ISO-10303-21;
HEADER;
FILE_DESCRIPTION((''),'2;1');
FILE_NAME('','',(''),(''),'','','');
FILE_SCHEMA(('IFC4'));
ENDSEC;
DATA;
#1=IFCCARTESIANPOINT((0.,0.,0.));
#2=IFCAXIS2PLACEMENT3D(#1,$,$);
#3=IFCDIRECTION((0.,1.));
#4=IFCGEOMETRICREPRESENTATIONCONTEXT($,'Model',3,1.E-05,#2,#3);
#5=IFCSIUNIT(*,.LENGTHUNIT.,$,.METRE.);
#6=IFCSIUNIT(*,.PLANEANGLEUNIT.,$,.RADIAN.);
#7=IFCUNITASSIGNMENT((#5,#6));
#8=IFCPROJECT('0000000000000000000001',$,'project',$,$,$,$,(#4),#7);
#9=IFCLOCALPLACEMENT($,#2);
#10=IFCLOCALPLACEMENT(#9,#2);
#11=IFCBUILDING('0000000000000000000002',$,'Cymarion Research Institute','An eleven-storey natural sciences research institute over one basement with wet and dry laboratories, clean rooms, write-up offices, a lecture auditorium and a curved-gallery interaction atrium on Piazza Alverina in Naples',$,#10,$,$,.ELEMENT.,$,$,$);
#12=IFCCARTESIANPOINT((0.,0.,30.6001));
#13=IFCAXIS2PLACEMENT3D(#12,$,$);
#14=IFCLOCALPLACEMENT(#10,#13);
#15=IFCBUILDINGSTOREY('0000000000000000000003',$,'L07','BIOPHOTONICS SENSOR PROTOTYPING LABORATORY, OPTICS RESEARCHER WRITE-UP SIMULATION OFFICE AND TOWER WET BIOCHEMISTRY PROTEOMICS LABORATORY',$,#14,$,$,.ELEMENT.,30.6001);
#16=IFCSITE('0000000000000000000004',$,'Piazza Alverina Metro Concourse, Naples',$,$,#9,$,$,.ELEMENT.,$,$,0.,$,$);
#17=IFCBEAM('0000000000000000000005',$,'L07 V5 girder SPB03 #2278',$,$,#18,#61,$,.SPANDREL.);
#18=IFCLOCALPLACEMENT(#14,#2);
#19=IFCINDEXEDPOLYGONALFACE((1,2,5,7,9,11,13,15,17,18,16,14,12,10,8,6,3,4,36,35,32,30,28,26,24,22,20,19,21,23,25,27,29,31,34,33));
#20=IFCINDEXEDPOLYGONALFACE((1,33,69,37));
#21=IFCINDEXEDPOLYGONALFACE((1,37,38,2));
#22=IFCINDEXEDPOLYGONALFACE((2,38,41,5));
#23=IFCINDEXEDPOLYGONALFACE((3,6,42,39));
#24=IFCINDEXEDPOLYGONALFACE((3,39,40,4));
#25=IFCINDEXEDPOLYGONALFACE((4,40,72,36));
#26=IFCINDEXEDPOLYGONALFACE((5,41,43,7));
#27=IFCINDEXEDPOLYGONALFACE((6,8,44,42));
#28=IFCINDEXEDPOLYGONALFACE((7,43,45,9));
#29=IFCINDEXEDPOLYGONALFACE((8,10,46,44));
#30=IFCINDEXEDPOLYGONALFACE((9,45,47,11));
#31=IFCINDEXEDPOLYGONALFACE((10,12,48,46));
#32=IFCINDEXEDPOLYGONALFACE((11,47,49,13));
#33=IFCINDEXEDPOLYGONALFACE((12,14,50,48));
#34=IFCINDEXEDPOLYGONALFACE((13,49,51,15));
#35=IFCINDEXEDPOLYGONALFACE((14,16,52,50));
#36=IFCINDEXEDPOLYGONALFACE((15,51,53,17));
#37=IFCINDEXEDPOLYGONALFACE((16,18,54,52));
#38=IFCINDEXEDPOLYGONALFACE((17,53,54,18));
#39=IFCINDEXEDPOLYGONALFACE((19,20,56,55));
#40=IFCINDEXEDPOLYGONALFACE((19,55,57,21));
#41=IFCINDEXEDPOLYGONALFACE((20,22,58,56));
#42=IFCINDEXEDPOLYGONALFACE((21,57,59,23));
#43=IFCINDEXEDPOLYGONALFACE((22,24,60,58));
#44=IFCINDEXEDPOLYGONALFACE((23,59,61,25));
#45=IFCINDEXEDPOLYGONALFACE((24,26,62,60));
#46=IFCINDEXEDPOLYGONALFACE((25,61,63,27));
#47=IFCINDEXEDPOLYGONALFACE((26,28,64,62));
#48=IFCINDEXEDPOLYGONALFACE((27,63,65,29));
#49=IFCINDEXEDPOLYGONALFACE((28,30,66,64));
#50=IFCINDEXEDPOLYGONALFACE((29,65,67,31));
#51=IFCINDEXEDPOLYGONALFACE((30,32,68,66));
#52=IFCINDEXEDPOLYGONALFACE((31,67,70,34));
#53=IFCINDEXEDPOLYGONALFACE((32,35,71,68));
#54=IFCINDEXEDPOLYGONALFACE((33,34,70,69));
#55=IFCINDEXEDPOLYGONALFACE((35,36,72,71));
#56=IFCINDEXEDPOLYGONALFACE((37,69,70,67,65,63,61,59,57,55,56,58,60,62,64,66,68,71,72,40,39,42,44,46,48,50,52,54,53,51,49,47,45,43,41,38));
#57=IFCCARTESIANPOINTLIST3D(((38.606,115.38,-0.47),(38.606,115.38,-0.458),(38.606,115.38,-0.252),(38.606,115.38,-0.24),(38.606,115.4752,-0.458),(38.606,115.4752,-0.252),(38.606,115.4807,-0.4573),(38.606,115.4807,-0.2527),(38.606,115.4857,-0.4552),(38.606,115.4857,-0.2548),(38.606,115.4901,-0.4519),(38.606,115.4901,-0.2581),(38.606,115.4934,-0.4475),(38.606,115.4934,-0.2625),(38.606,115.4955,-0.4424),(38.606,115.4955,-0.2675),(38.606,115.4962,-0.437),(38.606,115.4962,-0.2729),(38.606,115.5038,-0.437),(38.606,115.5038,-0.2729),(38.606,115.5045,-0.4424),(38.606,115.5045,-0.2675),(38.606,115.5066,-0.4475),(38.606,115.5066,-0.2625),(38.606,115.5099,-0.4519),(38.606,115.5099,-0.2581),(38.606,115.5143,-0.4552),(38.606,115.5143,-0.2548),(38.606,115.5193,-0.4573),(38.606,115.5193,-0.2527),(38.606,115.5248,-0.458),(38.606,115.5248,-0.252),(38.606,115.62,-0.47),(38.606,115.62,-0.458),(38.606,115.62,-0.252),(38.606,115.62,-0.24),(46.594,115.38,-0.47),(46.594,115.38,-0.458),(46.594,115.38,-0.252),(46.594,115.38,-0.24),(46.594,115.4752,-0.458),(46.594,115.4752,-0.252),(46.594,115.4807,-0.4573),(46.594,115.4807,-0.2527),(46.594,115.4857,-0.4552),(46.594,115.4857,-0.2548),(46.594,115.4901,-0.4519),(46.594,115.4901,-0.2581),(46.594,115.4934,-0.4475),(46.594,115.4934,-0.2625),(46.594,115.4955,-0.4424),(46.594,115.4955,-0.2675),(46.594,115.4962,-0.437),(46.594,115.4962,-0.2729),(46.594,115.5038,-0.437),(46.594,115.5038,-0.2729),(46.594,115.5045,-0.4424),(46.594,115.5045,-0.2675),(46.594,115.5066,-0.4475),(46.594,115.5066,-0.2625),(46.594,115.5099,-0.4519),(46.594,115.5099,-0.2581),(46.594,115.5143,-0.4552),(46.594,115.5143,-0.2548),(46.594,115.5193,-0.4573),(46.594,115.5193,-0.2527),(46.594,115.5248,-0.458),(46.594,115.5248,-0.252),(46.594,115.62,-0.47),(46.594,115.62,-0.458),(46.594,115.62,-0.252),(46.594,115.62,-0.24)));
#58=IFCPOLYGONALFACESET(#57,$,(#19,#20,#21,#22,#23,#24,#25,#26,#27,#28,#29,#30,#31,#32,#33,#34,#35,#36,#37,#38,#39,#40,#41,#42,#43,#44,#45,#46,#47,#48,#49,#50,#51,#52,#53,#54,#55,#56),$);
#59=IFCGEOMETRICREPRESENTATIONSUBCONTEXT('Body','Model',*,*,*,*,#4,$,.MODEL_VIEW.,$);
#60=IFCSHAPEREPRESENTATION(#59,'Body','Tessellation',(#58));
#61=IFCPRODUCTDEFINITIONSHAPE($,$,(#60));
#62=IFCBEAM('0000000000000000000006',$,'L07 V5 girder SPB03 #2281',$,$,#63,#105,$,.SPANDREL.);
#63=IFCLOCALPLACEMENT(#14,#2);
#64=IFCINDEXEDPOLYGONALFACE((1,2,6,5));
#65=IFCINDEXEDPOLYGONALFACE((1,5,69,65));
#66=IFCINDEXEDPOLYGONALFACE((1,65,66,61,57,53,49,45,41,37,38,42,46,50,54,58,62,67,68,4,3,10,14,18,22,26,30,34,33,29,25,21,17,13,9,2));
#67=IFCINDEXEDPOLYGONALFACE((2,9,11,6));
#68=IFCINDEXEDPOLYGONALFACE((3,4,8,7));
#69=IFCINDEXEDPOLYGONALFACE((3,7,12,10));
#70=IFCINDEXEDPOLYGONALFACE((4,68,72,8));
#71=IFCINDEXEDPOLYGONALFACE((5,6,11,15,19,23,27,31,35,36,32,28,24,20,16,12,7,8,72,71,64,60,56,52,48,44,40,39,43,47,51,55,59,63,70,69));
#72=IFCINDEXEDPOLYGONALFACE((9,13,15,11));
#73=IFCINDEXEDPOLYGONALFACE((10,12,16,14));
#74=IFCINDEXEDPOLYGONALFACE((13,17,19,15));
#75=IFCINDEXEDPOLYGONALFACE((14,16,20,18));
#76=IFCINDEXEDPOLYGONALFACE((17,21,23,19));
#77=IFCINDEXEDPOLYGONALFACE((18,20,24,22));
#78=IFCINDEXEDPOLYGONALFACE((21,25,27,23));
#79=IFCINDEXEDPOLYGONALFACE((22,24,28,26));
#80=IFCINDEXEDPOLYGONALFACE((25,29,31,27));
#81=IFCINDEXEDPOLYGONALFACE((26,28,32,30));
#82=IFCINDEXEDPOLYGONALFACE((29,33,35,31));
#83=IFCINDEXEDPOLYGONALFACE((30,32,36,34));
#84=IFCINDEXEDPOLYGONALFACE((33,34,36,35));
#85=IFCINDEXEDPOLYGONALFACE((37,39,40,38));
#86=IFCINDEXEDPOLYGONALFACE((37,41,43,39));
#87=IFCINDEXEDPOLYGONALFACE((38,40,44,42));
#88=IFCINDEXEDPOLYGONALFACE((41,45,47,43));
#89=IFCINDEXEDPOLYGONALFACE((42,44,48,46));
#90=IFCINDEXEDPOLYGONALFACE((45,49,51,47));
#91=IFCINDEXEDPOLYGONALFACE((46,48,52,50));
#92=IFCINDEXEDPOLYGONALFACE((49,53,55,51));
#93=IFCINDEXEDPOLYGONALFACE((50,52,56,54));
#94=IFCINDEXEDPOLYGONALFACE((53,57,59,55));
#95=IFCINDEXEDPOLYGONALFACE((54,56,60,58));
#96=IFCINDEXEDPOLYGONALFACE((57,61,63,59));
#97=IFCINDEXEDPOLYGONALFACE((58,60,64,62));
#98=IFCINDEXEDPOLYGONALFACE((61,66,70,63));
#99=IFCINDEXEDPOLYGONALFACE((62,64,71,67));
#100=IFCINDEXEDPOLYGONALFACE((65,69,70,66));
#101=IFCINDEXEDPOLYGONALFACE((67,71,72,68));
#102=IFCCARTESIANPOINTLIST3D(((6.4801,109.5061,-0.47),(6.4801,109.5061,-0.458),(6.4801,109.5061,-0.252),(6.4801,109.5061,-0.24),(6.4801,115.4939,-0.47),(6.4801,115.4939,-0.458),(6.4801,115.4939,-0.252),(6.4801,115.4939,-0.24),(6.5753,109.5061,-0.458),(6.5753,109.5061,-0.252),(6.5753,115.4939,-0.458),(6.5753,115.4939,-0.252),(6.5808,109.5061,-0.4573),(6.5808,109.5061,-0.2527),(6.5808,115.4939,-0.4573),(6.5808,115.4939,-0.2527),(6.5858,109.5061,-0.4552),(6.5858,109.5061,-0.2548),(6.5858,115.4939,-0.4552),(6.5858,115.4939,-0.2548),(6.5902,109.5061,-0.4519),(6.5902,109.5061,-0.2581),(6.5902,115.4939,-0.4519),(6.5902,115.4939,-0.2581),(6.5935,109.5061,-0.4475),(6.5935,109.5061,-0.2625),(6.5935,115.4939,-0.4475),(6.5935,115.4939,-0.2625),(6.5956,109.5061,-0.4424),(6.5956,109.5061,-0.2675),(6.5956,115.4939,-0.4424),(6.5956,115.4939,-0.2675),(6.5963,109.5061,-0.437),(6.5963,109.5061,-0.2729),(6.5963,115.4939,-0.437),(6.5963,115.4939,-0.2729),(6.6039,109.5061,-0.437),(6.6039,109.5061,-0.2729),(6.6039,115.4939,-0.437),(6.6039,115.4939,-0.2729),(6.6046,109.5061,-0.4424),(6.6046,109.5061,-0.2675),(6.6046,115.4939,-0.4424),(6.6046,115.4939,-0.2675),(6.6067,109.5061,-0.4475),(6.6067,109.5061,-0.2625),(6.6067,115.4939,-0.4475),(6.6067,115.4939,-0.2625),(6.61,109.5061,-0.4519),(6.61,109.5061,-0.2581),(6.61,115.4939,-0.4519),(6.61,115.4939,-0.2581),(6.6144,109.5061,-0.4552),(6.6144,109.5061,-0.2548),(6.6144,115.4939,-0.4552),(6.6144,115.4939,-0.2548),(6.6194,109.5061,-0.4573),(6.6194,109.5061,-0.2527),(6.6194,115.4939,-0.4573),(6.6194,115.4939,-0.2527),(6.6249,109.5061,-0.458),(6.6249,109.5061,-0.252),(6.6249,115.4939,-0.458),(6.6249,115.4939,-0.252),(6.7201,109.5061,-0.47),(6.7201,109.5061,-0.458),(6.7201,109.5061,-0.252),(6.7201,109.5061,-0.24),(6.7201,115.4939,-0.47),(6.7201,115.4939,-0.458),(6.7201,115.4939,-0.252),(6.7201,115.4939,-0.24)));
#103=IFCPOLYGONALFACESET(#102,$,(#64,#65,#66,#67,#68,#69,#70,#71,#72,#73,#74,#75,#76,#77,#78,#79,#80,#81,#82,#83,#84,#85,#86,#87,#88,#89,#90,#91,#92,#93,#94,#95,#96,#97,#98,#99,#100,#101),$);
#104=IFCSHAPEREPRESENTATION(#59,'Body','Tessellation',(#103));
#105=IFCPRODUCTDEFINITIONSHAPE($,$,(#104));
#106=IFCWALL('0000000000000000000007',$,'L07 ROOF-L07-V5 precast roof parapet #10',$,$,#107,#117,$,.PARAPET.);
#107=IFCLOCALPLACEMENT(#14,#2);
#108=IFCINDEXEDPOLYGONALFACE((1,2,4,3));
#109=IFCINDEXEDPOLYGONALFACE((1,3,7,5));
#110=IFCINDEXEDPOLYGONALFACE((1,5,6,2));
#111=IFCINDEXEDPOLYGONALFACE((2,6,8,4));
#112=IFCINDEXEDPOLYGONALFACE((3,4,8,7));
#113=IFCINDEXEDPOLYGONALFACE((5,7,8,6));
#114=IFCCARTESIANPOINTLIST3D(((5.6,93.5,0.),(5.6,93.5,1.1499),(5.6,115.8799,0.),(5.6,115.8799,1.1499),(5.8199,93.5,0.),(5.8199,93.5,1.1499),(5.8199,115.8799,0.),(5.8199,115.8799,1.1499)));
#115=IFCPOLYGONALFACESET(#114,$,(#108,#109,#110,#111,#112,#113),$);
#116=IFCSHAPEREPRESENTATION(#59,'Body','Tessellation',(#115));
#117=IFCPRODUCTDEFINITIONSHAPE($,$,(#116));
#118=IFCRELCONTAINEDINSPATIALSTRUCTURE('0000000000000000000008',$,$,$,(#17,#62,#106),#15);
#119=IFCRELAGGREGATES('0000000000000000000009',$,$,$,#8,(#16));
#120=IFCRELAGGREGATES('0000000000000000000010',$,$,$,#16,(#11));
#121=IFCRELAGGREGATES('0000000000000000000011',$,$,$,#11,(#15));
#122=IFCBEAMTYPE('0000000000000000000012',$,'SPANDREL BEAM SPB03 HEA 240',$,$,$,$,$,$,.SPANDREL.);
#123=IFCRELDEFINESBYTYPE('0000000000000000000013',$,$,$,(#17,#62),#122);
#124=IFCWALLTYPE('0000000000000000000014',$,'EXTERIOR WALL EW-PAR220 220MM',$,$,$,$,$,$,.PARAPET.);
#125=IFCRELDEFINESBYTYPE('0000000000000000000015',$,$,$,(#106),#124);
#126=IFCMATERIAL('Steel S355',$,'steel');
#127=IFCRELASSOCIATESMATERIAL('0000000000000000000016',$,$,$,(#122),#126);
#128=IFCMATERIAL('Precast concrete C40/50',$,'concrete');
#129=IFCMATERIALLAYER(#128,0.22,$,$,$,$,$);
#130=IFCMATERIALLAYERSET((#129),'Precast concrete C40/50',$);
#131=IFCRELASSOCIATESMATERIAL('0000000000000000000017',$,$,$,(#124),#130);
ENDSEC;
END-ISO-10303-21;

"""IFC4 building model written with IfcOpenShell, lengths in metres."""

from ifc_helpers import new_model, si_unit, direction, frame, frame_2d, origin, origin_2d, place, context, subcontext, project, spatial, rectangle, i_section, extrude, material, layer, layer_set, material_profile, profile_set, type_object, element, save


model = new_model("IFC4")

# Units and contexts
model_context = context("Model", 3, precision=1e-05, world=origin(), true_north=direction((0.0, 1.0)))
body_context = subcontext(model_context, "Body", "Model", "MODEL_VIEW")
ifc_project = project(units=[si_unit("LENGTHUNIT", "METRE"), si_unit("PLANEANGLEUNIT", "RADIAN")], contexts=[model_context])

# Site, building, storey
site_placement = place(None, origin())
site = spatial("IfcSite", under=ifc_project, at=site_placement, Name="Piazza Alverina Metro Concourse, Naples", CompositionType="ELEMENT", RefElevation=0.0)
building_placement = place(site_placement, origin())
building = spatial("IfcBuilding", under=site, at=building_placement, Name="Cymarion Research Institute", Description="An eleven-storey natural sciences research institute over one basement with wet and dry laboratories, clean rooms, write-up offices, a lecture auditorium and a curved-gallery interaction atrium on Piazza Alverina in Naples", CompositionType="ELEMENT")
storey_placement = place(building_placement, frame((0.0, 0.0, 30.6001)))
storey = spatial("IfcBuildingStorey", under=building, at=storey_placement, Name="L07", Description="BIOPHOTONICS SENSOR PROTOTYPING LABORATORY, OPTICS RESEARCHER WRITE-UP SIMULATION OFFICE AND TOWER WET BIOCHEMISTRY PROTEOMICS LABORATORY", CompositionType="ELEMENT", Elevation=30.6001)

# Beams
ifc_material_1 = material(Name="Steel S355", Category="steel")
ifc_material_profile_1 = material_profile(ifc_material_1, i_section(OverallWidth=0.24, OverallDepth=0.23, WebThickness=0.0076, FlangeThickness=0.012, FilletRadius=0.021, at=origin_2d()), Name="HEA 240")
ifc_profile_set_1 = profile_set([ifc_material_profile_1], Name="Steel S355")
beam_type_1 = type_object("IfcBeamType", Name="SPANDREL BEAM SPB03 HEA 240", PredefinedType="SPANDREL", material=ifc_profile_set_1)
for number, where, z_axis, x_axis, name in (
    (1, (38.606, 115.5, -0.355), (1.0, 0.0, 0.0), (0.0, 1.0, 0.0), "L07 V5 girder SPB03 #2278"),
):
    element("IfcBeam", number, at=place(storey_placement, frame(where, z_axis=z_axis, x_axis=x_axis)), inside=storey, type_object=beam_type_1, Name=name, PredefinedType="SPANDREL", context=body_context, shape_type="SweptSolid", body=[
        extrude(i_section(OverallWidth=0.24, OverallDepth=0.23, WebThickness=0.0076, FlangeThickness=0.012, FilletRadius=0.021, at=origin_2d()), origin(), (0.0, 0.0, 1.0), 7.988),
    ])
beam_placement = place(storey_placement, frame((6.6001, 109.5061, -0.355), z_axis=(0.0, 1.0, 0.0), x_axis=(-1.0, 0.0, 0.0)))
element("IfcBeam", 2, at=beam_placement, inside=storey, type_object=beam_type_1, Name="L07 V5 girder SPB03 #2281", PredefinedType="SPANDREL", context=body_context, shape_type="SweptSolid", body=[
    extrude(i_section(OverallWidth=0.24, OverallDepth=0.23, WebThickness=0.0076, FlangeThickness=0.012, FilletRadius=0.021, at=origin_2d()), origin(), (0.0, 0.0, 1.0), 5.9878),
])

# Wall
ifc_material_2 = material(Name="Precast concrete C40/50", Category="concrete")
ifc_layer = layer(ifc_material_2, 0.22)
ifc_layer_set = layer_set([ifc_layer], Name="Precast concrete C40/50")
wall_type = type_object("IfcWallType", Name="EXTERIOR WALL EW-PAR220 220MM", PredefinedType="PARAPET", material=ifc_layer_set)
wall_placement = place(storey_placement, frame((5.71, 115.8799, 0.0), z_axis=(0.0, 0.0, 1.0), x_axis=(0.0, -1.0, 0.0)))
element("IfcWall", 3, at=wall_placement, inside=storey, type_object=wall_type, Name="L07 ROOF-L07-V5 precast roof parapet #10", PredefinedType="PARAPET", context=body_context, shape_type="SweptSolid", body=[
    extrude(rectangle(XDim=22.3799, YDim=0.22, at=frame_2d((11.1899, 0.0))), origin(), (0.0, 0.0, 1.0), 1.1499),
])

save(model, "model.ifc")
